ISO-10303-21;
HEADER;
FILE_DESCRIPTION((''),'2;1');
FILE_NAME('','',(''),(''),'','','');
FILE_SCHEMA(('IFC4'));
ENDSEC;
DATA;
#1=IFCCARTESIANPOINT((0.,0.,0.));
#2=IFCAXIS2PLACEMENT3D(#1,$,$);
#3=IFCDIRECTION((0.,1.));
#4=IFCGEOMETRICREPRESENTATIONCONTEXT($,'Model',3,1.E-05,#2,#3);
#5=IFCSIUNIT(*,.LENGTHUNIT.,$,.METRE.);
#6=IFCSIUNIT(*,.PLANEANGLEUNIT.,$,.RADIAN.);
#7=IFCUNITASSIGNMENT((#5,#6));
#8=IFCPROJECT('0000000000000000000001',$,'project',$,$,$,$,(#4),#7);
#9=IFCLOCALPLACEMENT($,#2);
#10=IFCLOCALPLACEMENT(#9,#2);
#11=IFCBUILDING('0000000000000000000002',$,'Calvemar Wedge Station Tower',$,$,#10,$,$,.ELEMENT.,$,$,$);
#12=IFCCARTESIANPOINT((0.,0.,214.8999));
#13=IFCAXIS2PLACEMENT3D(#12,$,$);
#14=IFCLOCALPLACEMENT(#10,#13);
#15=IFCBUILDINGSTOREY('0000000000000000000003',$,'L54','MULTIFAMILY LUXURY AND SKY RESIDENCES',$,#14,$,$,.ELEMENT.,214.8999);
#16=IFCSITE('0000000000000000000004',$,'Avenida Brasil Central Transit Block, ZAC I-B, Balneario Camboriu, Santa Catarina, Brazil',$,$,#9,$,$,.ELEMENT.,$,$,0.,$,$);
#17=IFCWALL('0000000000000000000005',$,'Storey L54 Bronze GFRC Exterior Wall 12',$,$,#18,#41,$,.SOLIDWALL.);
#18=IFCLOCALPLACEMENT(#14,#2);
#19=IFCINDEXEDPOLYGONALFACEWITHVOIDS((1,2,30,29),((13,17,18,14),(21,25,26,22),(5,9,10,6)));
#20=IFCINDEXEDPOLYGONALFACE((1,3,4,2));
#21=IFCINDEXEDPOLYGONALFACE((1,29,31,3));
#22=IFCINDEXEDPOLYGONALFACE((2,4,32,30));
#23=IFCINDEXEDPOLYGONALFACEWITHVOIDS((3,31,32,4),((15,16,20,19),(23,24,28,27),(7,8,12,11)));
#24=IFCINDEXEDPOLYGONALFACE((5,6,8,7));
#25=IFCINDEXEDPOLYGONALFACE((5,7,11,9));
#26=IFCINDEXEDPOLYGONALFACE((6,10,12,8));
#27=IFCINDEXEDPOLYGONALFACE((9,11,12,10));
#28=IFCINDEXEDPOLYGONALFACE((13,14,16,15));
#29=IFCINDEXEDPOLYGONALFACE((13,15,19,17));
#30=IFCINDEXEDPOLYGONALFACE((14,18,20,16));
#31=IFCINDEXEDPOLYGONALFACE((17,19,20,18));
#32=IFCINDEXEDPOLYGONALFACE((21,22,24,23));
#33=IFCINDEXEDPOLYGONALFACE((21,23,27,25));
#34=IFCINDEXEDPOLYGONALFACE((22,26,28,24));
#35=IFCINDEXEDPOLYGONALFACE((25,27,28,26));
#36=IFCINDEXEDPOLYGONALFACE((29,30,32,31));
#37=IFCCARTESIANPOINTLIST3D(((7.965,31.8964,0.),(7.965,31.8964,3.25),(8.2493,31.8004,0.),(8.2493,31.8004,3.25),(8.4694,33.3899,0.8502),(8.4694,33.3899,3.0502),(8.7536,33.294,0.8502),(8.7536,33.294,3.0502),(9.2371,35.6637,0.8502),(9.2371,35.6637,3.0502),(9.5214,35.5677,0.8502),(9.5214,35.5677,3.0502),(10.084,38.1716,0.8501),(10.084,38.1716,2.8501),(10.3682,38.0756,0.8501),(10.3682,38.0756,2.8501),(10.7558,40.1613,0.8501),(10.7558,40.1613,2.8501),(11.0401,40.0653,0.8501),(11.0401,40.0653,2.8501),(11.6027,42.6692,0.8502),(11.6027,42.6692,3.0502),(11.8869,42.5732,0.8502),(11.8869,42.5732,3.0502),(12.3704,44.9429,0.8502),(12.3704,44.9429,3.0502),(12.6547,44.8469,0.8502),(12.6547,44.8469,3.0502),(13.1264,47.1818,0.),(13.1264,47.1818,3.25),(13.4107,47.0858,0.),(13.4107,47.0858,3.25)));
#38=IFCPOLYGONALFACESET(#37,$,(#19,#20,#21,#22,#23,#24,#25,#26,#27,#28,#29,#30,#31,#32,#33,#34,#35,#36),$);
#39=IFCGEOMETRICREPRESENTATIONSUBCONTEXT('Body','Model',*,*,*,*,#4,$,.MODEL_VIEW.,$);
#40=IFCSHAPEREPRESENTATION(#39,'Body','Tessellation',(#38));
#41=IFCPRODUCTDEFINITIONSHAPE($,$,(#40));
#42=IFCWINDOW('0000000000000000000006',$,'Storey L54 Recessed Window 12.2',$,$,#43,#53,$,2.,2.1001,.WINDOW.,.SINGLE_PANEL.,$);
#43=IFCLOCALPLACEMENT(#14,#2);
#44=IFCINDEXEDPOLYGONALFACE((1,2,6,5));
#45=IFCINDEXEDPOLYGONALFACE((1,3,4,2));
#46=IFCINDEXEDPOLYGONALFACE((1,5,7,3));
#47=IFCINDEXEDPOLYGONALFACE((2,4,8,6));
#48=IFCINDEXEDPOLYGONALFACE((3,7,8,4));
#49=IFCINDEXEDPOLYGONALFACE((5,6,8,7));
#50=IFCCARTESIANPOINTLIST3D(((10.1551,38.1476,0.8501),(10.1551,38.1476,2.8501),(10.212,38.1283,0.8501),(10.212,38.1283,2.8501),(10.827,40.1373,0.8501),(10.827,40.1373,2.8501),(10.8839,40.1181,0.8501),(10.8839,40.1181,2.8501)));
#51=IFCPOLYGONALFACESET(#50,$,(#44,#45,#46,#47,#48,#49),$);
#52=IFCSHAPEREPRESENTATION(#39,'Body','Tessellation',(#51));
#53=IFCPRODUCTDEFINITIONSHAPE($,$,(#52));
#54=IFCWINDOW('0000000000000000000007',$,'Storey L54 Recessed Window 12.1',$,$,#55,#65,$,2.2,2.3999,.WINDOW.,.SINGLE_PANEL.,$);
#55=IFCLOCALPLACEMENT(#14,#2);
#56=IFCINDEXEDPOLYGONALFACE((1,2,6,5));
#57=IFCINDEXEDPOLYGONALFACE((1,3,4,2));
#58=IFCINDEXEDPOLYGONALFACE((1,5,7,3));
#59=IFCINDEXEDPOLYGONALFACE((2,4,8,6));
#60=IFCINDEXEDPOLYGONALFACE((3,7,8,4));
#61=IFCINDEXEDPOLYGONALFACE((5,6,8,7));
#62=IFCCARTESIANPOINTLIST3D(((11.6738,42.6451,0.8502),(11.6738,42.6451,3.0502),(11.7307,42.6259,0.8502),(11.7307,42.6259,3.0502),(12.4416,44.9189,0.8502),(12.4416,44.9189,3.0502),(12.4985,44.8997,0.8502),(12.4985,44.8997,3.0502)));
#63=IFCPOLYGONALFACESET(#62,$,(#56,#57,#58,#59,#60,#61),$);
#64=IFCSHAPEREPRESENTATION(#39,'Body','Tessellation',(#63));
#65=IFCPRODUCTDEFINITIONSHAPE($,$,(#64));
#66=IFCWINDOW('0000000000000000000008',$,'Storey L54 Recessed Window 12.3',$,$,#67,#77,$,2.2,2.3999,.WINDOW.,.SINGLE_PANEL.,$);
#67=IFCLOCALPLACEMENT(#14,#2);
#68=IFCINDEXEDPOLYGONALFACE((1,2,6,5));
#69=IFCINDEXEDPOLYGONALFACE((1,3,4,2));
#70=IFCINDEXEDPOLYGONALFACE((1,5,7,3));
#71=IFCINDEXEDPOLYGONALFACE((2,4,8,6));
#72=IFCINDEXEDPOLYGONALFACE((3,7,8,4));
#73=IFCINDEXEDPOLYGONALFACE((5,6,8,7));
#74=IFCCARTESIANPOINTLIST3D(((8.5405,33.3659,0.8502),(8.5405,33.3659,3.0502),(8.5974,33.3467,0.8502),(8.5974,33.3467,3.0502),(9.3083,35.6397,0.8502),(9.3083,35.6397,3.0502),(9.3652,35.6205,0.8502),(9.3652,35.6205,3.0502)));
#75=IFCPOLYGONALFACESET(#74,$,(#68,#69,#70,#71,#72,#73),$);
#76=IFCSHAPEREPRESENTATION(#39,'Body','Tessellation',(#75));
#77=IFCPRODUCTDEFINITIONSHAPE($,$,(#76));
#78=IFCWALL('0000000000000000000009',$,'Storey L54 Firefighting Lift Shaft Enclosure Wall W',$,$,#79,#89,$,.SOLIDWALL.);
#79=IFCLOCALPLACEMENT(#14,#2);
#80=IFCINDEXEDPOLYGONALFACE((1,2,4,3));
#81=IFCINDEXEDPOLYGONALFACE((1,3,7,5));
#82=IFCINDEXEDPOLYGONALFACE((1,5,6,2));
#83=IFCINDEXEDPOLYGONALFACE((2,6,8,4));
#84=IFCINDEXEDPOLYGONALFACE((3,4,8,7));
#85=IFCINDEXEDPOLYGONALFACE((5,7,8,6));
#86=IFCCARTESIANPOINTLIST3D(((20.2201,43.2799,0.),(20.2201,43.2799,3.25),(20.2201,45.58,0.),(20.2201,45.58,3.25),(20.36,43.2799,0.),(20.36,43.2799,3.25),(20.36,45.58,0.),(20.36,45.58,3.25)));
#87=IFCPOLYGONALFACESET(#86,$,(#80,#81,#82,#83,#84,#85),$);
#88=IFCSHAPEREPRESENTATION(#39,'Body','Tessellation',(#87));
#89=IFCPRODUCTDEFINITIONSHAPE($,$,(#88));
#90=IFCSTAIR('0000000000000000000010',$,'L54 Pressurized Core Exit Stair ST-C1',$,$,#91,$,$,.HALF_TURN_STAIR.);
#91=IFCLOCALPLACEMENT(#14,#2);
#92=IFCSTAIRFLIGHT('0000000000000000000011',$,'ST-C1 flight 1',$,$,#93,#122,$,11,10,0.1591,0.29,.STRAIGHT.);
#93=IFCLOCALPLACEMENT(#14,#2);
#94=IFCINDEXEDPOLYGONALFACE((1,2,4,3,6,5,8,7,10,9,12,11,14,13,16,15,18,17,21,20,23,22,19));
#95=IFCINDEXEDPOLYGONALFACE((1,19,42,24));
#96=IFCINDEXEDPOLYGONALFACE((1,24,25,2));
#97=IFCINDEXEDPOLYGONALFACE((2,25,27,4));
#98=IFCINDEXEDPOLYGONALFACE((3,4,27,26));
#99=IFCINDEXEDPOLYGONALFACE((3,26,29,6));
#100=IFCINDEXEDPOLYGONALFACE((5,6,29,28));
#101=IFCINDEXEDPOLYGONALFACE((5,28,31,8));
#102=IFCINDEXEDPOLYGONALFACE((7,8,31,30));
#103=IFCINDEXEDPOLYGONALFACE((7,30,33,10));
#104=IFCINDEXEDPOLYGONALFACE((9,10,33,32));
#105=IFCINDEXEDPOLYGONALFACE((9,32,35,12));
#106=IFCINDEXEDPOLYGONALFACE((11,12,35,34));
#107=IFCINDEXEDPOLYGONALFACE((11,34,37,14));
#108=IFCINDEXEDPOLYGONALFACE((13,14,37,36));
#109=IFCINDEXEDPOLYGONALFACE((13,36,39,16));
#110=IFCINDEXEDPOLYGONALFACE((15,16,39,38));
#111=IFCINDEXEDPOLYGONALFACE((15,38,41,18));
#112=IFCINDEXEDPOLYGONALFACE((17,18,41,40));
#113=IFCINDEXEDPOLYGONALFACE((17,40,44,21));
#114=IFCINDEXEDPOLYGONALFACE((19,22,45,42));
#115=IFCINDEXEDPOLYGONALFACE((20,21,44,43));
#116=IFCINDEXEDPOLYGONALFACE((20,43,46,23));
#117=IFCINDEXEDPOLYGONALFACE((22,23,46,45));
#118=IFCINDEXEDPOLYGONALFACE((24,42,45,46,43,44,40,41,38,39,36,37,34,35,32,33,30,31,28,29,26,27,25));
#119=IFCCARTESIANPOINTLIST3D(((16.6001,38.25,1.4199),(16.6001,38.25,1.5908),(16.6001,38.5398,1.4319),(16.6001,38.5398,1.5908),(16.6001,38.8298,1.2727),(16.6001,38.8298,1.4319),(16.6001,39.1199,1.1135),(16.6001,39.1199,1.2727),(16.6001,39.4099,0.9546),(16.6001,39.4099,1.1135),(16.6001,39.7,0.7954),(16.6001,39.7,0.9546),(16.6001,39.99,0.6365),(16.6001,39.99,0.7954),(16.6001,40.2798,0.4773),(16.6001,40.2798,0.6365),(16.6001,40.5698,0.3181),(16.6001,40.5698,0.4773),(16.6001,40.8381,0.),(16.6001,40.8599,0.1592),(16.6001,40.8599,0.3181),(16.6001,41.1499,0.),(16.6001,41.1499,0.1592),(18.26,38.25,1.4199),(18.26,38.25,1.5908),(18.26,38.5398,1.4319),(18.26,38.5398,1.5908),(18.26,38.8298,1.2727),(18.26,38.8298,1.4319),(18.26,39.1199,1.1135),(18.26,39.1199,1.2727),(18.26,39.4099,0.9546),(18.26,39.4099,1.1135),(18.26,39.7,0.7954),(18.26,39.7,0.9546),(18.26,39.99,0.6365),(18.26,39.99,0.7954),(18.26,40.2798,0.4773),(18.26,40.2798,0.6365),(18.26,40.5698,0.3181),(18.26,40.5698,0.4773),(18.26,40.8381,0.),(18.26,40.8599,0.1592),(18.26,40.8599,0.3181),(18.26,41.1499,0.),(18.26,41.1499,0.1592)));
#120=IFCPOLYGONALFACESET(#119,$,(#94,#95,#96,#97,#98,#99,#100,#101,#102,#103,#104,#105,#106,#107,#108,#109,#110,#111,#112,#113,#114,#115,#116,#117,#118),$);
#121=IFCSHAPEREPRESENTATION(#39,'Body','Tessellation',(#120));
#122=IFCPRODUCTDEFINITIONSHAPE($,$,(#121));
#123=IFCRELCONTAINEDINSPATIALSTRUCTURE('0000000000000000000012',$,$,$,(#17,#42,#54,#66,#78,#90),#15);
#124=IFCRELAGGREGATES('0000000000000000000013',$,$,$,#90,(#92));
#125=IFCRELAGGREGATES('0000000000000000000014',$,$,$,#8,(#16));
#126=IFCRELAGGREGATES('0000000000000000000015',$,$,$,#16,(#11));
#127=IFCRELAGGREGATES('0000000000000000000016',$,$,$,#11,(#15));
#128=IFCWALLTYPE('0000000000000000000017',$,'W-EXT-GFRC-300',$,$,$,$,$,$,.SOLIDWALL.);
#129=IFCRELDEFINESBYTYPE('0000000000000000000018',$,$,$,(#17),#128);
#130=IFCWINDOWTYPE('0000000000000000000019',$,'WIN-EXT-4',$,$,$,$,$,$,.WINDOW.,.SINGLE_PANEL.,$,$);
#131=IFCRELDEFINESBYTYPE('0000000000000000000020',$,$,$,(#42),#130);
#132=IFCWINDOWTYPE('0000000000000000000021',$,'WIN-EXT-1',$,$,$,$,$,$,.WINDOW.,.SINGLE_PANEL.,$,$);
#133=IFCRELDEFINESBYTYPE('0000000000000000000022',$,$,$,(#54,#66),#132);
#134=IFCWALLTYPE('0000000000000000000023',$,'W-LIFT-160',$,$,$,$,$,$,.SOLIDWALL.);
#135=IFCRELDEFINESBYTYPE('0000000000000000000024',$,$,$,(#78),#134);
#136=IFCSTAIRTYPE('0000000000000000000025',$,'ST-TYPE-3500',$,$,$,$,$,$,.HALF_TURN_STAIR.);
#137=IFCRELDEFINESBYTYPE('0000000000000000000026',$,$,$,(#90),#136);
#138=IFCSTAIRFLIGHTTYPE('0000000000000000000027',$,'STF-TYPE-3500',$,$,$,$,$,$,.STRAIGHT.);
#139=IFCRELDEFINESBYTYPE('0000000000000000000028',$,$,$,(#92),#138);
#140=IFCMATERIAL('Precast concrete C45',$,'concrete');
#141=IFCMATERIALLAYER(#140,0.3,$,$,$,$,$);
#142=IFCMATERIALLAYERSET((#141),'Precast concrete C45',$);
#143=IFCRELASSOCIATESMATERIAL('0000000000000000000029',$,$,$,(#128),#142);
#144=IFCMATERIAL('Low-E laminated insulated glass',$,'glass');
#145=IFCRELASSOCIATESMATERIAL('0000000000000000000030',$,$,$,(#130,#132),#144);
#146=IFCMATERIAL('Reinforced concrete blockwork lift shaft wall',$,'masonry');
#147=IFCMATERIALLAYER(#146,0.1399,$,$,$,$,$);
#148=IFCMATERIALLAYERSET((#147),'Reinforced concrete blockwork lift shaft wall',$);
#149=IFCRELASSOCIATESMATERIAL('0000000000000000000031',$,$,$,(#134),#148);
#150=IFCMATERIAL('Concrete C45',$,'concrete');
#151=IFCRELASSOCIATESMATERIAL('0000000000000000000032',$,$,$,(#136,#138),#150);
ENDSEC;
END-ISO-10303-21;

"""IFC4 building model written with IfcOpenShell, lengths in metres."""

from ifc_helpers import new_model, si_unit, direction, frame, frame_2d, origin, place, context, subcontext, project, spatial, polyline, rectangle, outline, extrude, source, transform, mapped, material, layer, layer_set, type_object, element, fill, aggregate, save


model = new_model("IFC4")

# Units and contexts
model_context = context("Model", 3, precision=1e-05, world=origin(), true_north=direction((0.0, 1.0)))
body_context = subcontext(model_context, "Body", "Model", "MODEL_VIEW")
ifc_project = project(units=[si_unit("LENGTHUNIT", "METRE"), si_unit("PLANEANGLEUNIT", "RADIAN")], contexts=[model_context])

# Site, building, storey
site_placement = place(None, origin())
site = spatial("IfcSite", under=ifc_project, at=site_placement, Name="Avenida Brasil Central Transit Block, ZAC I-B, Balneario Camboriu, Santa Catarina, Brazil", CompositionType="ELEMENT", RefElevation=0.0)
building_placement = place(site_placement, origin())
building = spatial("IfcBuilding", under=site, at=building_placement, Name="Calvemar Wedge Station Tower", CompositionType="ELEMENT")
storey_placement = place(building_placement, frame((0.0, 0.0, 214.8999)))
storey = spatial("IfcBuildingStorey", under=building, at=storey_placement, Name="L54", Description="MULTIFAMILY LUXURY AND SKY RESIDENCES", CompositionType="ELEMENT", Elevation=214.8999)

# Shared definitions
ifc_material_1 = material(Name="Precast concrete C45", Category="concrete")
ifc_layer_1 = layer(ifc_material_1, 0.3)
ifc_layer_set_1 = layer_set([ifc_layer_1], Name="Precast concrete C45")
wall_type_1 = type_object("IfcWallType", Name="W-EXT-GFRC-300", PredefinedType="SOLIDWALL", material=ifc_layer_set_1)
shared_shape_1 = source(origin(), body_context, "Body", "SweptSolid", [
    extrude(rectangle(XDim=2.1001, YDim=2.0, at=frame_2d((1.05, 1.0))), frame((0.0, 0.1602, 0.0), z_axis=(0.0, -1.0, 0.0), x_axis=(1.0, 0.0, 0.0)), (0.0, 0.0, 1.0), 0.3201),
])
ifc_material_2 = material(Name="Low-E laminated insulated glass", Category="glass")
window_type_1 = type_object("IfcWindowType", Name="WIN-EXT-4", PartitioningType="SINGLE_PANEL", PredefinedType="WINDOW", material=ifc_material_2)
shared_shape_2 = source(origin(), body_context, "Body", "SweptSolid", [
    extrude(rectangle(XDim=2.1001, YDim=2.0, at=frame_2d((1.05, 1.0))), frame((0.0, -0.0149, 0.0), z_axis=(0.0, -1.0, 0.0), x_axis=(1.0, 0.0, 0.0)), (0.0, 0.0, 1.0), 0.0601),
])

# Wall, openings, windows
wall_1_placement = place(storey_placement, frame((13.2686, 47.1338, 0.0), z_axis=(0.0, 0.0, 1.0), x_axis=(-0.319921, -0.947444, 0.0)))
wall_1 = element("IfcWall", 1, at=wall_1_placement, inside=storey, type_object=wall_type_1, Name="Storey L54 Bronze GFRC Exterior Wall 12", PredefinedType="SOLIDWALL", context=body_context, shape_type="SweptSolid", body=[
    extrude(rectangle(XDim=16.1333, YDim=0.3, at=frame_2d((8.0667, 0.0))), origin(), (0.0, 0.0, 1.0), 3.25),
])
shared_shape_3 = source(origin(), body_context, "Body", "SweptSolid", [
    extrude(rectangle(XDim=2.3999, YDim=2.2, at=frame_2d((1.2, 1.1001))), frame((0.0, 0.1602, 0.0), z_axis=(0.0, -1.0, 0.0), x_axis=(1.0, 0.0, 0.0)), (0.0, 0.0, 1.0), 0.3201),
])
opening_1_placement = place(wall_1_placement, frame((2.363, 0.0, 0.8501)))
opening_1 = element("IfcOpeningElement", 2, at=opening_1_placement, cuts=wall_1, PredefinedType="OPENING", context=body_context, shape_type="MappedRepresentation", body=[
    mapped(shared_shape_3, transform((0.0, 0.0, 0.0), scale=1.0)),
])
opening_2_placement = place(wall_1_placement, frame((7.4099, 0.0, 0.8501)))
opening_2 = element("IfcOpeningElement", 3, at=opening_2_placement, cuts=wall_1, PredefinedType="OPENING", context=body_context, shape_type="MappedRepresentation", body=[
    mapped(shared_shape_1, transform((0.0, 0.0, 0.0), scale=1.0)),
])
opening_3_placement = place(wall_1_placement, frame((12.157, 0.0, 0.8501)))
opening_3 = element("IfcOpeningElement", 4, at=opening_3_placement, cuts=wall_1, PredefinedType="OPENING", context=body_context, shape_type="MappedRepresentation", body=[
    mapped(shared_shape_3, transform((0.0, 0.0, 0.0), scale=1.0)),
])
window_1_placement = place(opening_2_placement, origin())
window_1 = element("IfcWindow", 5, at=window_1_placement, inside=storey, type_object=window_type_1, Name="Storey L54 Recessed Window 12.2", OverallHeight=2.0, OverallWidth=2.1001, PartitioningType="SINGLE_PANEL", PredefinedType="WINDOW", context=body_context, shape_type="MappedRepresentation", body=[
    mapped(shared_shape_2, transform((0.0, 0.0, 0.0), scale=1.0)),
])
fill(opening_2, window_1)
window_type_2 = type_object("IfcWindowType", Name="WIN-EXT-1", PartitioningType="SINGLE_PANEL", PredefinedType="WINDOW", material=ifc_material_2)
shared_shape_4 = source(origin(), body_context, "Body", "SweptSolid", [
    extrude(rectangle(XDim=2.3999, YDim=2.2, at=frame_2d((1.2, 1.1001))), frame((0.0, -0.0149, 0.0), z_axis=(0.0, -1.0, 0.0), x_axis=(1.0, 0.0, 0.0)), (0.0, 0.0, 1.0), 0.0601),
])
window_2_placement = place(opening_1_placement, origin())
window_2 = element("IfcWindow", 6, at=window_2_placement, inside=storey, type_object=window_type_2, Name="Storey L54 Recessed Window 12.1", OverallHeight=2.2, OverallWidth=2.3999, PartitioningType="SINGLE_PANEL", PredefinedType="WINDOW", context=body_context, shape_type="MappedRepresentation", body=[
    mapped(shared_shape_4, transform((0.0, 0.0, 0.0), scale=1.0)),
])
fill(opening_1, window_2)
window_3_placement = place(opening_3_placement, origin())
window_3 = element("IfcWindow", 7, at=window_3_placement, inside=storey, type_object=window_type_2, Name="Storey L54 Recessed Window 12.3", OverallHeight=2.2, OverallWidth=2.3999, PartitioningType="SINGLE_PANEL", PredefinedType="WINDOW", context=body_context, shape_type="MappedRepresentation", body=[
    mapped(shared_shape_4, transform((0.0, 0.0, 0.0), scale=1.0)),
])
fill(opening_3, window_3)

# Shared definitions
ifc_material_3 = material(Name="Reinforced concrete blockwork lift shaft wall", Category="masonry")
ifc_layer_2 = layer(ifc_material_3, 0.1399)
ifc_layer_set_2 = layer_set([ifc_layer_2], Name="Reinforced concrete blockwork lift shaft wall")
wall_type_2 = type_object("IfcWallType", Name="W-LIFT-160", PredefinedType="SOLIDWALL", material=ifc_layer_set_2)

# Wall
wall_2_placement = place(storey_placement, frame((20.29, 43.28, 0.0), z_axis=(0.0, 0.0, 1.0), x_axis=(0.0, 1.0, 0.0)))
element("IfcWall", 8, at=wall_2_placement, inside=storey, type_object=wall_type_2, Name="Storey L54 Firefighting Lift Shaft Enclosure Wall W", PredefinedType="SOLIDWALL", context=body_context, shape_type="SweptSolid", body=[
    extrude(rectangle(XDim=2.3, YDim=0.1399, at=frame_2d((1.1499, 0.0))), origin(), (0.0, 0.0, 1.0), 3.25),
])

# Stair, stair flight
ifc_material_4 = material(Name="Concrete C45", Category="concrete")
stair_type = type_object("IfcStairType", Name="ST-TYPE-3500", PredefinedType="HALF_TURN_STAIR", material=ifc_material_4)
stair_placement = place(storey_placement, origin())
stair = element("IfcStair", 9, at=stair_placement, inside=storey, type_object=stair_type, Name="L54 Pressurized Core Exit Stair ST-C1", PredefinedType="HALF_TURN_STAIR")
stair_flight_type = type_object("IfcStairFlightType", Name="STF-TYPE-3500", PredefinedType="STRAIGHT", material=ifc_material_4)
stair_flight_placement = place(storey_placement, frame((17.4299, 41.1499, 0.0), z_axis=(0.0, 0.0, 1.0), x_axis=(0.0, -1.0, 0.0)))
stair_flight = element("IfcStairFlight", 10, at=stair_flight_placement, type_object=stair_flight_type, Name="ST-C1 flight 1", NumberOfRisers=11, NumberOfTreads=10, PredefinedType="STRAIGHT", RiserHeight=0.1591, TreadLength=0.29, context=body_context, shape_type="SweptSolid", body=[
    extrude(outline(polyline([(0.0, 0.0), (0.0, 0.1592), (0.29, 0.1592), (0.29, 0.3181), (0.5801, 0.3181), (0.5801, 0.4773), (0.8701, 0.4773), (0.8701, 0.6365), (1.1599, 0.6365), (1.1599, 0.7954), (1.45, 0.7954), (1.45, 0.9546), (1.74, 0.9546), (1.74, 1.1135), (2.03, 1.1135), (2.03, 1.2727), (2.3201, 1.2727), (2.3201, 1.4319), (2.6101, 1.4319), (2.6101, 1.5908), (2.8999, 1.5908), (2.8999, 1.75), (2.8999, 1.4199), (0.3118, 0.0), (0.0, 0.0)])), frame((0.0, 0.8301, 0.0), z_axis=(0.0, -1.0, 0.0), x_axis=(1.0, 0.0, 0.0)), (0.0, 0.0, 1.0), 1.6599),
])
aggregate(stair, [stair_flight])

save(model, "model.ifc")
